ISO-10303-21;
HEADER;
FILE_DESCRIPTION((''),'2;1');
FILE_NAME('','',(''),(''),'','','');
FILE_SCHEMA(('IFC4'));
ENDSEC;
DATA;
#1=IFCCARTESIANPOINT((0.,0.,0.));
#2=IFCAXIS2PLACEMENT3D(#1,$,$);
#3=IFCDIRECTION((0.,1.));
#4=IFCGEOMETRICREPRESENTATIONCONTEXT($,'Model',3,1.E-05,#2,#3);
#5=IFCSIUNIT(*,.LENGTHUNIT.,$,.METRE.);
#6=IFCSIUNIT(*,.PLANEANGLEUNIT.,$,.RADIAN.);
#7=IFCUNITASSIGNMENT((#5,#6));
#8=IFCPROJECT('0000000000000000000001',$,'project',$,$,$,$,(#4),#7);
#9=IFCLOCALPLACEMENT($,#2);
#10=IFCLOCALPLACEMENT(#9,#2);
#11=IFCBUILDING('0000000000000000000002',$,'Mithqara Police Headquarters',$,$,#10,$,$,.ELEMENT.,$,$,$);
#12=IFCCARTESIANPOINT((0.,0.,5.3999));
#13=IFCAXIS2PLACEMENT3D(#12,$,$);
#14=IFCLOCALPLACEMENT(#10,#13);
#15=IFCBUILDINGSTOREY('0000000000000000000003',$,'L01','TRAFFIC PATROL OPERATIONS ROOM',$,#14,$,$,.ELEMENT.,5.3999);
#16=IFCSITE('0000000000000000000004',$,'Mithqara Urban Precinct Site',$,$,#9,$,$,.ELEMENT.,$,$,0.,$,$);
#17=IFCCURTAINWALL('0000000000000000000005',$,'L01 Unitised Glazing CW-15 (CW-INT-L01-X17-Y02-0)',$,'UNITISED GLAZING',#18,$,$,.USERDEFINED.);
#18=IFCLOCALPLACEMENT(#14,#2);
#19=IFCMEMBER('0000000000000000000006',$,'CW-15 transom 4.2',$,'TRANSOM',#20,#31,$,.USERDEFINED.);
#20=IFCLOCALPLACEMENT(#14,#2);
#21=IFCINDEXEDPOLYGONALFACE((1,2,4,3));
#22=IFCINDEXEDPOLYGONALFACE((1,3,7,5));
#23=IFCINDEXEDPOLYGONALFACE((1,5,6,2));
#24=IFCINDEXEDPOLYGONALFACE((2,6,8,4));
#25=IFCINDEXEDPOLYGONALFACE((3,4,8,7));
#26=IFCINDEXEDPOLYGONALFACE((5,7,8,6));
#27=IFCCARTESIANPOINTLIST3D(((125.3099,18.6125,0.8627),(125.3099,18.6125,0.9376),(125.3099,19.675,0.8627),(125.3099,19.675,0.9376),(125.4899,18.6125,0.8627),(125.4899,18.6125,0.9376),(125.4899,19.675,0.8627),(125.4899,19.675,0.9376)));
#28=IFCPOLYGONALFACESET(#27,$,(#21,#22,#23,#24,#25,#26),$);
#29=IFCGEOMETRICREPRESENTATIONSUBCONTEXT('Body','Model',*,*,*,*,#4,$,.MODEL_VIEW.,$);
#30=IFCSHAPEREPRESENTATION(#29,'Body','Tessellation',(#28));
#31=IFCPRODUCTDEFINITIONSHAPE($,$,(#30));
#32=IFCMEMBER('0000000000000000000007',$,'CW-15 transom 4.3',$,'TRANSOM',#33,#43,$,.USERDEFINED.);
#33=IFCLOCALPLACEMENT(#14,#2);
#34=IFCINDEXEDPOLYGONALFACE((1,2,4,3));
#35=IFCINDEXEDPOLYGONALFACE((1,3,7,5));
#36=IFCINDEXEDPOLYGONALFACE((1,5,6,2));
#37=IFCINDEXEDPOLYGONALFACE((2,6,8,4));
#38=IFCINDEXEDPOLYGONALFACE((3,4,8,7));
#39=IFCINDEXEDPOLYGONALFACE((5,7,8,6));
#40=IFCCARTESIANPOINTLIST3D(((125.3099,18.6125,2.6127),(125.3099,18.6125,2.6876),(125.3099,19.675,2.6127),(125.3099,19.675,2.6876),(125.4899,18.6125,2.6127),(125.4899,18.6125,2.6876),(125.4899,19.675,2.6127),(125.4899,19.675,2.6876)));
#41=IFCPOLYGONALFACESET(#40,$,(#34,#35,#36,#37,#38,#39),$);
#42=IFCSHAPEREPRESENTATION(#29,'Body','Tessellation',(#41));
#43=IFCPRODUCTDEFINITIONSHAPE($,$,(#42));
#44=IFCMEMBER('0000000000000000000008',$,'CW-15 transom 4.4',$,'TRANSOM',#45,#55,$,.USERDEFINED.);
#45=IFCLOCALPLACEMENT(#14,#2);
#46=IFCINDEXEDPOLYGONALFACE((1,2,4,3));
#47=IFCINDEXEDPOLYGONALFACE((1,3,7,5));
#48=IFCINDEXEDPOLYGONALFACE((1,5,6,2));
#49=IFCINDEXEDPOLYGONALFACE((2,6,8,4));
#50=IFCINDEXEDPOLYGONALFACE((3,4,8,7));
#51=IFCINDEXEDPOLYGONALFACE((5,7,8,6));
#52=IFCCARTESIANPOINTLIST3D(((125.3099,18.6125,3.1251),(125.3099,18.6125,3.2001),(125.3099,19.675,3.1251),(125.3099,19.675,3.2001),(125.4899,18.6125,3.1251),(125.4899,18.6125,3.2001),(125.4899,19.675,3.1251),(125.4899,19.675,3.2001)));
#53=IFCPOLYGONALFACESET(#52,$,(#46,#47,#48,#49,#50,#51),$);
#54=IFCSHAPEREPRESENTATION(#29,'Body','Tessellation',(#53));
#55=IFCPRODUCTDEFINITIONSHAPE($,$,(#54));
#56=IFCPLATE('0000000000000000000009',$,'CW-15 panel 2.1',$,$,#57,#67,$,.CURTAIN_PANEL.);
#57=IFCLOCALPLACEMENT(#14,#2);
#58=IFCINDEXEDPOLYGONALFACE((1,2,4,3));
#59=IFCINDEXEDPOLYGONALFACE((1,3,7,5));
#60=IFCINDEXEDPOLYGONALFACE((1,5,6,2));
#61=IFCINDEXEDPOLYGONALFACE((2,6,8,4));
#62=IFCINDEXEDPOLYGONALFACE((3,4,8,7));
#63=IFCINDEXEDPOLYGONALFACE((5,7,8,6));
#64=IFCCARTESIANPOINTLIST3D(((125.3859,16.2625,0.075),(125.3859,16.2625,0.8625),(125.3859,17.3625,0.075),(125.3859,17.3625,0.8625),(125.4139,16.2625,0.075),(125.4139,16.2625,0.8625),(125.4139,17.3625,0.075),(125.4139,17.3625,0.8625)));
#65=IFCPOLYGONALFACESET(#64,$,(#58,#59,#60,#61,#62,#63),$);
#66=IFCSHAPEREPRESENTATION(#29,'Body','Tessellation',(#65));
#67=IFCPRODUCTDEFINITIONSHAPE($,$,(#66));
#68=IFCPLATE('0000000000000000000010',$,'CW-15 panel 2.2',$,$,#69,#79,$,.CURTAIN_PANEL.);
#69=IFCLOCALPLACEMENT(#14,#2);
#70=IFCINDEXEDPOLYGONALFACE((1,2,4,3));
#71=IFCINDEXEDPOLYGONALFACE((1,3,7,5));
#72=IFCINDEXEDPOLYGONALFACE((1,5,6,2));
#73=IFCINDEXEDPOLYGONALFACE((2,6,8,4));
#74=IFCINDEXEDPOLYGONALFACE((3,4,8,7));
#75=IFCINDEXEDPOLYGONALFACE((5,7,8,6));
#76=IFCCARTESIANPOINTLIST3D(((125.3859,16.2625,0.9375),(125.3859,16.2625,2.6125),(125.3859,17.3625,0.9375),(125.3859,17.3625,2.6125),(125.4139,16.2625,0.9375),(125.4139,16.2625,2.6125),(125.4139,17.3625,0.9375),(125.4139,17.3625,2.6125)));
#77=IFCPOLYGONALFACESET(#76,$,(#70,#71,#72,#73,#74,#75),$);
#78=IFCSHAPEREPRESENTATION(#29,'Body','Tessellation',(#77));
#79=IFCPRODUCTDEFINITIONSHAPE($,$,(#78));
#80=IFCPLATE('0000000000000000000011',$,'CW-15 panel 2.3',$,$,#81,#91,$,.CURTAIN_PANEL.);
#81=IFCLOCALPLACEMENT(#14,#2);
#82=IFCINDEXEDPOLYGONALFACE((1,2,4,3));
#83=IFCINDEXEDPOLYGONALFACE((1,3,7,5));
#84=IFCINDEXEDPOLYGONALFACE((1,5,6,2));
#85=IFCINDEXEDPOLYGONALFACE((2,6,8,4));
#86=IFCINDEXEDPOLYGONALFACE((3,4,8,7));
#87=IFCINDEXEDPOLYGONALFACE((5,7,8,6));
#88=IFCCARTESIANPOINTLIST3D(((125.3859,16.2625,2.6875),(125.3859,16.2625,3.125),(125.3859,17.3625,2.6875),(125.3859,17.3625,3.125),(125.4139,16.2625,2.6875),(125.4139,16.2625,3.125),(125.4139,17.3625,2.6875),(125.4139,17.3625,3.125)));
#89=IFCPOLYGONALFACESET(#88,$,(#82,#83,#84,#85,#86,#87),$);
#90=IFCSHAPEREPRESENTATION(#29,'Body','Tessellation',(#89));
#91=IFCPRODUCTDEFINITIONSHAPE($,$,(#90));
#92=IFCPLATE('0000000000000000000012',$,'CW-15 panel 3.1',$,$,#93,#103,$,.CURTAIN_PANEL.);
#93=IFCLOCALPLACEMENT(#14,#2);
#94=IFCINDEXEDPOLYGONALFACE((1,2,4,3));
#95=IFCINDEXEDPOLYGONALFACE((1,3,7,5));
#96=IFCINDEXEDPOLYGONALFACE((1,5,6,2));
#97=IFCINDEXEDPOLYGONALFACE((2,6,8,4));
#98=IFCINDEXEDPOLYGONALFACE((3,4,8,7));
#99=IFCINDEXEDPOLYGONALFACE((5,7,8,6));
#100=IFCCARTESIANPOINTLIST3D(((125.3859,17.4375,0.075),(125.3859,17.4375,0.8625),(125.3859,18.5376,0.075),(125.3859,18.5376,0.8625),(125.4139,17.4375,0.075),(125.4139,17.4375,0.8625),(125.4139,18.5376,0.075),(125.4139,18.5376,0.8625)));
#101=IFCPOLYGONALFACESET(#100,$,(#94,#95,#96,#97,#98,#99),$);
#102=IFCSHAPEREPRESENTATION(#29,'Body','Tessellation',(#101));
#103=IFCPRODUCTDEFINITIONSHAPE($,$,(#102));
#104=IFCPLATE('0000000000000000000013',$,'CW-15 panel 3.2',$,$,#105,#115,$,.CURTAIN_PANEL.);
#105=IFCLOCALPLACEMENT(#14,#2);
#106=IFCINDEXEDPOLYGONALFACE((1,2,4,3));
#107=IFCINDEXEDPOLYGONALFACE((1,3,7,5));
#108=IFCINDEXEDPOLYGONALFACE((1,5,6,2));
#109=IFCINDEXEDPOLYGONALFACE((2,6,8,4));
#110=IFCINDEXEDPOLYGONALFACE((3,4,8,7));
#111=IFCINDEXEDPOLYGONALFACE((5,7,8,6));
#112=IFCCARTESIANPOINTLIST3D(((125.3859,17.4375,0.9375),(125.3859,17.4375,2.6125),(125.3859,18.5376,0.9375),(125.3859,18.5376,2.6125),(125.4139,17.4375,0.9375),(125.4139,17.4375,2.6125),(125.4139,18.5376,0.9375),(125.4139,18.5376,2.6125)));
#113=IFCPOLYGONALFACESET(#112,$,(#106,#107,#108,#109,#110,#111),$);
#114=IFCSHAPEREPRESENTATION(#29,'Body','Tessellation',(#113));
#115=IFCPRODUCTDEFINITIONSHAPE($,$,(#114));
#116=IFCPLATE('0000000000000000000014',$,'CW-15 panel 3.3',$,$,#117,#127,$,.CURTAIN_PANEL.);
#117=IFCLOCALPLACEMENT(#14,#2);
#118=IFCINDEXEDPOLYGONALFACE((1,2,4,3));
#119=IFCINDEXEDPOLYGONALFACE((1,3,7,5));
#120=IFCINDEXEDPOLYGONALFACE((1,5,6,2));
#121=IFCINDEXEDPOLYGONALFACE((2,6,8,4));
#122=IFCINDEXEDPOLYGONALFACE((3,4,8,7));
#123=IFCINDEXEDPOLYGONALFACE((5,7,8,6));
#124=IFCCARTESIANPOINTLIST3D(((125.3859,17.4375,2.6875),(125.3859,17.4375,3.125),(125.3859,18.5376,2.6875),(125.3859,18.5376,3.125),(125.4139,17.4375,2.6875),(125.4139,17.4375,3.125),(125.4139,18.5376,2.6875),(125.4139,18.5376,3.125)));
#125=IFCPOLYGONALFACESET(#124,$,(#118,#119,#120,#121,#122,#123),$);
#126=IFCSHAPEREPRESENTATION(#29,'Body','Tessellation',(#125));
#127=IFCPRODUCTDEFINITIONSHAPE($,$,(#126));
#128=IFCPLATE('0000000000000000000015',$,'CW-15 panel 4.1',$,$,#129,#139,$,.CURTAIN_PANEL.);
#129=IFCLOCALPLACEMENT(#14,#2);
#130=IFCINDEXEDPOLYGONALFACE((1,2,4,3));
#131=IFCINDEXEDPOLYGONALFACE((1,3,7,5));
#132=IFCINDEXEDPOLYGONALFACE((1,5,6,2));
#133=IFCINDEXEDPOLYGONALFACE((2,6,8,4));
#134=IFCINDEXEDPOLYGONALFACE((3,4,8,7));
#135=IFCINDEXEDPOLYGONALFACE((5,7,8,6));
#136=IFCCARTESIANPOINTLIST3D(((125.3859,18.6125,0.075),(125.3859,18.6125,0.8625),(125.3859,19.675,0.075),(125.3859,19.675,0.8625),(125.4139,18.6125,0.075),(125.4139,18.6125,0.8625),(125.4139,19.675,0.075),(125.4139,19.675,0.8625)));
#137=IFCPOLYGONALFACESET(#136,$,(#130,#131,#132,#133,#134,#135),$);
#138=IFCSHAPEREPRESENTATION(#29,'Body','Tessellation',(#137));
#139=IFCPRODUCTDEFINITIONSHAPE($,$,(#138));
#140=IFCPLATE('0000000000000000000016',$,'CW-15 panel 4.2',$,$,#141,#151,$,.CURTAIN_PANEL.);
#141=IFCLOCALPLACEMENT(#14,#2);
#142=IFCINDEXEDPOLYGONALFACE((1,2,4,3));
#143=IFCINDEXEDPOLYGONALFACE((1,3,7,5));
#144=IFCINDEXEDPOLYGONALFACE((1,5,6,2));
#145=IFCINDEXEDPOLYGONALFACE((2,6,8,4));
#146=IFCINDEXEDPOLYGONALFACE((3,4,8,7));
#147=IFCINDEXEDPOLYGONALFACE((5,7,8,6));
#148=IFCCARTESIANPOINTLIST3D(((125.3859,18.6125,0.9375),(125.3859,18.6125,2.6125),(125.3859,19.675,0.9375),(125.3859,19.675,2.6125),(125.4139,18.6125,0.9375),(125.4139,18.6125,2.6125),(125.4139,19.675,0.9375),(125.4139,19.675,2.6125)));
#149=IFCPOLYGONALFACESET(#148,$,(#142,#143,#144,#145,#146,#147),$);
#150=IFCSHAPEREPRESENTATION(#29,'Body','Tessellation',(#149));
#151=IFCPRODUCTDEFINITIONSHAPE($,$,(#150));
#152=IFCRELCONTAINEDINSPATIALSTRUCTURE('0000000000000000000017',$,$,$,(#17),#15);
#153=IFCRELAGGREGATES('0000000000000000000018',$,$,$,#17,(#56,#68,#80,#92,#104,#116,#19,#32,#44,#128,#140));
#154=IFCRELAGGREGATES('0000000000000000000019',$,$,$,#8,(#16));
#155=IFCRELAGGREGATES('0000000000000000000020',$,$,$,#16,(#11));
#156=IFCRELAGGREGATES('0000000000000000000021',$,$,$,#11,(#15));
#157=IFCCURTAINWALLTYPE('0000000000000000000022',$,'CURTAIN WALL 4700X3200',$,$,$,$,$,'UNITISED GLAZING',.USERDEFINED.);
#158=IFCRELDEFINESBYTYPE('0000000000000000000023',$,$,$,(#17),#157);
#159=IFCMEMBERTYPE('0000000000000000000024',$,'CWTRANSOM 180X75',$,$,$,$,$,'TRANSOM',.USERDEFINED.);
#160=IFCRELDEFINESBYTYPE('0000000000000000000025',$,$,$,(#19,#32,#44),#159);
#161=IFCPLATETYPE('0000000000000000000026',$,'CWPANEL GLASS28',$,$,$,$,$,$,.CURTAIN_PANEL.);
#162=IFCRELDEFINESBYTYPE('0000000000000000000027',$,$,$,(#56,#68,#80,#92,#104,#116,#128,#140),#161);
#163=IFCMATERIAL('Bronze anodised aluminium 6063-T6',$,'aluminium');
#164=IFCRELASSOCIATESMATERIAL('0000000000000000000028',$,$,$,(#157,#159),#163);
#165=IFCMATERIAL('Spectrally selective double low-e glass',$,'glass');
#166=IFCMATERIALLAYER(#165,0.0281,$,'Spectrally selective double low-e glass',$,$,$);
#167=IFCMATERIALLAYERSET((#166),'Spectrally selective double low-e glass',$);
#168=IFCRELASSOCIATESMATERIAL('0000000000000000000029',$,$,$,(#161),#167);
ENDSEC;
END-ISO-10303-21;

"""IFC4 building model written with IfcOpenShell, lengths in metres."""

from ifc_helpers import new_model, si_unit, direction, frame, origin, origin_2d, place, context, subcontext, project, spatial, rectangle, extrude, material, layer, layer_set, material_profile, profile_set, type_object, element, aggregate, save


model = new_model("IFC4")

# Units and contexts
model_context = context("Model", 3, precision=1e-05, world=origin(), true_north=direction((0.0, 1.0)))
body_context = subcontext(model_context, "Body", "Model", "MODEL_VIEW")
ifc_project = project(units=[si_unit("LENGTHUNIT", "METRE"), si_unit("PLANEANGLEUNIT", "RADIAN")], contexts=[model_context])

# Site, building, storey
site_placement = place(None, origin())
site = spatial("IfcSite", under=ifc_project, at=site_placement, Name="Mithqara Urban Precinct Site", CompositionType="ELEMENT", RefElevation=0.0)
building_placement = place(site_placement, origin())
building = spatial("IfcBuilding", under=site, at=building_placement, Name="Mithqara Police Headquarters", CompositionType="ELEMENT")
storey_placement = place(building_placement, frame((0.0, 0.0, 5.3999)))
storey = spatial("IfcBuildingStorey", under=building, at=storey_placement, Name="L01", Description="TRAFFIC PATROL OPERATIONS ROOM", CompositionType="ELEMENT", Elevation=5.3999)

# Curtain wall, members, plates
ifc_material_1 = material(Name="Bronze anodised aluminium 6063-T6", Category="aluminium")
curtain_wall_type = type_object("IfcCurtainWallType", Name="CURTAIN WALL 4700X3200", ElementType="UNITISED GLAZING", PredefinedType="USERDEFINED", material=ifc_material_1)
curtain_wall_placement = place(storey_placement, origin())
curtain_wall = element("IfcCurtainWall", 1, at=curtain_wall_placement, inside=storey, type_object=curtain_wall_type, Name="L01 Unitised Glazing CW-15 (CW-INT-L01-X17-Y02-0)", ObjectType="UNITISED GLAZING", PredefinedType="USERDEFINED")
ifc_material_profile_1 = material_profile(ifc_material_1, rectangle(XDim=0.1799, YDim=0.075, at=origin_2d()), Name="CWT 180x75")
ifc_profile_set_1 = profile_set([ifc_material_profile_1], Name="Bronze anodised aluminium 6063-T6")
member_type_1 = type_object("IfcMemberType", Name="CWTRANSOM 180X75", ElementType="TRANSOM", PredefinedType="USERDEFINED", material=ifc_profile_set_1)
member_1_placement = place(storey_placement, frame((125.3999, 18.6125, 0.9001), z_axis=(0.0, 1.0, 0.0), x_axis=(-1.0, 0.0, 0.0)))
member_1 = element("IfcMember", 2, at=member_1_placement, type_object=member_type_1, Name="CW-15 transom 4.2", ObjectType="TRANSOM", PredefinedType="USERDEFINED", context=body_context, shape_type="SweptSolid", body=[
    extrude(rectangle(XDim=0.1799, YDim=0.075, at=origin_2d()), origin(), (0.0, 0.0, 1.0), 1.0625),
])
member_2_placement = place(storey_placement, frame((125.3999, 18.6125, 2.6501), z_axis=(0.0, 1.0, 0.0), x_axis=(-1.0, 0.0, 0.0)))
member_2 = element("IfcMember", 3, at=member_2_placement, type_object=member_type_1, Name="CW-15 transom 4.3", ObjectType="TRANSOM", PredefinedType="USERDEFINED", context=body_context, shape_type="SweptSolid", body=[
    extrude(rectangle(XDim=0.1799, YDim=0.075, at=origin_2d()), origin(), (0.0, 0.0, 1.0), 1.0625),
])
member_3_placement = place(storey_placement, frame((125.3999, 18.6125, 3.1626), z_axis=(0.0, 1.0, 0.0), x_axis=(-1.0, 0.0, 0.0)))
member_3 = element("IfcMember", 4, at=member_3_placement, type_object=member_type_1, Name="CW-15 transom 4.4", ObjectType="TRANSOM", PredefinedType="USERDEFINED", context=body_context, shape_type="SweptSolid", body=[
    extrude(rectangle(XDim=0.1799, YDim=0.075, at=origin_2d()), origin(), (0.0, 0.0, 1.0), 1.0625),
])
ifc_material_2 = material(Name="Spectrally selective double low-e glass", Category="glass")
ifc_layer = layer(ifc_material_2, 0.0281, Name="Spectrally selective double low-e glass")
ifc_layer_set = layer_set([ifc_layer], Name="Spectrally selective double low-e glass")
plate_type = type_object("IfcPlateType", Name="CWPANEL GLASS28", PredefinedType="CURTAIN_PANEL", material=ifc_layer_set)
plate_1_placement = place(storey_placement, frame((125.3999, 16.8125, 0.075), z_axis=(0.0, 0.0, 1.0), x_axis=(0.0, 1.0, 0.0)))
plate_1 = element("IfcPlate", 5, at=plate_1_placement, type_object=plate_type, Name="CW-15 panel 2.1", PredefinedType="CURTAIN_PANEL", context=body_context, shape_type="SweptSolid", body=[
    extrude(rectangle(XDim=1.1001, YDim=0.0281, at=origin_2d()), origin(), (0.0, 0.0, 1.0), 0.7876),
])
plate_2_placement = place(storey_placement, frame((125.3999, 16.8125, 0.9375), z_axis=(0.0, 0.0, 1.0), x_axis=(0.0, 1.0, 0.0)))
plate_2 = element("IfcPlate", 6, at=plate_2_placement, type_object=plate_type, Name="CW-15 panel 2.2", PredefinedType="CURTAIN_PANEL", context=body_context, shape_type="SweptSolid", body=[
    extrude(rectangle(XDim=1.1001, YDim=0.0281, at=origin_2d()), origin(), (0.0, 0.0, 1.0), 1.675),
])
plate_3_placement = place(storey_placement, frame((125.3999, 16.8125, 2.6875), z_axis=(0.0, 0.0, 1.0), x_axis=(0.0, 1.0, 0.0)))
plate_3 = element("IfcPlate", 7, at=plate_3_placement, type_object=plate_type, Name="CW-15 panel 2.3", PredefinedType="CURTAIN_PANEL", context=body_context, shape_type="SweptSolid", body=[
    extrude(rectangle(XDim=1.1001, YDim=0.0281, at=origin_2d()), origin(), (0.0, 0.0, 1.0), 0.4375),
])
plate_4_placement = place(storey_placement, frame((125.3999, 17.9875, 0.075), z_axis=(0.0, 0.0, 1.0), x_axis=(0.0, 1.0, 0.0)))
plate_4 = element("IfcPlate", 8, at=plate_4_placement, type_object=plate_type, Name="CW-15 panel 3.1", PredefinedType="CURTAIN_PANEL", context=body_context, shape_type="SweptSolid", body=[
    extrude(rectangle(XDim=1.1001, YDim=0.0281, at=origin_2d()), origin(), (0.0, 0.0, 1.0), 0.7876),
])
plate_5_placement = place(storey_placement, frame((125.3999, 17.9875, 0.9375), z_axis=(0.0, 0.0, 1.0), x_axis=(0.0, 1.0, 0.0)))
plate_5 = element("IfcPlate", 9, at=plate_5_placement, type_object=plate_type, Name="CW-15 panel 3.2", PredefinedType="CURTAIN_PANEL", context=body_context, shape_type="SweptSolid", body=[
    extrude(rectangle(XDim=1.1001, YDim=0.0281, at=origin_2d()), origin(), (0.0, 0.0, 1.0), 1.675),
])
plate_6_placement = place(storey_placement, frame((125.3999, 17.9875, 2.6875), z_axis=(0.0, 0.0, 1.0), x_axis=(0.0, 1.0, 0.0)))
plate_6 = element("IfcPlate", 10, at=plate_6_placement, type_object=plate_type, Name="CW-15 panel 3.3", PredefinedType="CURTAIN_PANEL", context=body_context, shape_type="SweptSolid", body=[
    extrude(rectangle(XDim=1.1001, YDim=0.0281, at=origin_2d()), origin(), (0.0, 0.0, 1.0), 0.4375),
])
plate_7_placement = place(storey_placement, frame((125.3999, 19.1438, 0.075), z_axis=(0.0, 0.0, 1.0), x_axis=(0.0, 1.0, 0.0)))
plate_7 = element("IfcPlate", 11, at=plate_7_placement, type_object=plate_type, Name="CW-15 panel 4.1", PredefinedType="CURTAIN_PANEL", context=body_context, shape_type="SweptSolid", body=[
    extrude(rectangle(XDim=1.0625, YDim=0.0281, at=origin_2d()), origin(), (0.0, 0.0, 1.0), 0.7876),
])
plate_8_placement = place(storey_placement, frame((125.3999, 19.1438, 0.9375), z_axis=(0.0, 0.0, 1.0), x_axis=(0.0, 1.0, 0.0)))
plate_8 = element("IfcPlate", 12, at=plate_8_placement, type_object=plate_type, Name="CW-15 panel 4.2", PredefinedType="CURTAIN_PANEL", context=body_context, shape_type="SweptSolid", body=[
    extrude(rectangle(XDim=1.0625, YDim=0.0281, at=origin_2d()), origin(), (0.0, 0.0, 1.0), 1.675),
])
aggregate(curtain_wall, [plate_1, plate_2, plate_3, plate_4, plate_5, plate_6, member_1, member_2, member_3, plate_7, plate_8])

save(model, "model.ifc")
